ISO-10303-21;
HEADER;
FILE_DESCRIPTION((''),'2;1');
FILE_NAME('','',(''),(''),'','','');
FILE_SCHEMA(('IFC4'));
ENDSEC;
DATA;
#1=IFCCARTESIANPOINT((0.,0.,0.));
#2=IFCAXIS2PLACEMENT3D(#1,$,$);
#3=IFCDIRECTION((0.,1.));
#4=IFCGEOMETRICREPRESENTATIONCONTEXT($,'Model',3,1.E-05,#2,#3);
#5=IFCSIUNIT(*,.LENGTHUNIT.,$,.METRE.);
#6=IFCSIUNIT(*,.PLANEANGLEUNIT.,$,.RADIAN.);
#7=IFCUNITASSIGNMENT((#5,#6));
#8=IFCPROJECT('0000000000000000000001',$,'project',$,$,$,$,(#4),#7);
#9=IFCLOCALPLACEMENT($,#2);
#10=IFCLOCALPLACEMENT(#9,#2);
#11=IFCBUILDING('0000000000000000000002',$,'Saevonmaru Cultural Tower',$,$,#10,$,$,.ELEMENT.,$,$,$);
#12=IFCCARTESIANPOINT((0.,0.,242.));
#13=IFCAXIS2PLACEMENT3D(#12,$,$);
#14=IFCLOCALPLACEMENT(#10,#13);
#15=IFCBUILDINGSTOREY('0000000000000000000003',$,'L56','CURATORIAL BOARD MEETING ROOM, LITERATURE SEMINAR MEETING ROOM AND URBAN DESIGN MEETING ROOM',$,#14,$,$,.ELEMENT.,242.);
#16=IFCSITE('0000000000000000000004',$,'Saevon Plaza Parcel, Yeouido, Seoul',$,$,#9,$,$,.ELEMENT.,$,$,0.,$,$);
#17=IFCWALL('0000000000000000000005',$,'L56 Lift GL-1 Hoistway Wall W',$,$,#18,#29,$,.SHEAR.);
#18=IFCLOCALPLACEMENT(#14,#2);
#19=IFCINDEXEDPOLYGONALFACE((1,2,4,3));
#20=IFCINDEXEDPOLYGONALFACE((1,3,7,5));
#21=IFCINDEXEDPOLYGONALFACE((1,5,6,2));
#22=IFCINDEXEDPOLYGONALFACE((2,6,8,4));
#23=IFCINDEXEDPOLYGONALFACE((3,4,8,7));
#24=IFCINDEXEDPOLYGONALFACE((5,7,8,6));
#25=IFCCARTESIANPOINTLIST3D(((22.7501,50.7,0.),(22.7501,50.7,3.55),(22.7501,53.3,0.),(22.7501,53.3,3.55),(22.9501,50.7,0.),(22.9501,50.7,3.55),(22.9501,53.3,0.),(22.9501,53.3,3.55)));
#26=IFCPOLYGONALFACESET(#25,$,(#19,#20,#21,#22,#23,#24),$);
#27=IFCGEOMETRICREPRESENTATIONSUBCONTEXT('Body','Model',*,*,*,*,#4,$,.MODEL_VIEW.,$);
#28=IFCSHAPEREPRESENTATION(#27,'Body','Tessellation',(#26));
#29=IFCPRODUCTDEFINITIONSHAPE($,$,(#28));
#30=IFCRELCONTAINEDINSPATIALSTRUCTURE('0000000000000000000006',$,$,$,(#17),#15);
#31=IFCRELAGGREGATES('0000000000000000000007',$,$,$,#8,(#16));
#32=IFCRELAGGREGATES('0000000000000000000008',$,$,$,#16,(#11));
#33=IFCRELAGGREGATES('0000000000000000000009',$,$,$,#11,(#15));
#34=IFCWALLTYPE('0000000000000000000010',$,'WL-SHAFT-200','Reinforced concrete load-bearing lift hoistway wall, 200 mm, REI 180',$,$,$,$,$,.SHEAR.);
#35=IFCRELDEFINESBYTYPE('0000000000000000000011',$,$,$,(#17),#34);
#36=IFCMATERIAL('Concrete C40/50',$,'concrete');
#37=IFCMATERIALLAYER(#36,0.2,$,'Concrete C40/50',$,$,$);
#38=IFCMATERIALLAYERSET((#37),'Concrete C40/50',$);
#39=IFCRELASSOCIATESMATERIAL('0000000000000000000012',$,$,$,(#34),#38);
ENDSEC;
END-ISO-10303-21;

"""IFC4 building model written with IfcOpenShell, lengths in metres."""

from ifc_helpers import new_model, si_unit, direction, frame, frame_2d, origin, place, context, subcontext, project, spatial, rectangle, extrude, material, layer, layer_set, type_object, element, save


model = new_model("IFC4")

# Units and contexts
model_context = context("Model", 3, precision=1e-05, world=origin(), true_north=direction((0.0, 1.0)))
body_context = subcontext(model_context, "Body", "Model", "MODEL_VIEW")
ifc_project = project(units=[si_unit("LENGTHUNIT", "METRE"), si_unit("PLANEANGLEUNIT", "RADIAN")], contexts=[model_context])

# Site, building, storey
site_placement = place(None, origin())
site = spatial("IfcSite", under=ifc_project, at=site_placement, Name="Saevon Plaza Parcel, Yeouido, Seoul", CompositionType="ELEMENT", RefElevation=0.0)
building_placement = place(site_placement, origin())
building = spatial("IfcBuilding", under=site, at=building_placement, Name="Saevonmaru Cultural Tower", CompositionType="ELEMENT")
storey_placement = place(building_placement, frame((0.0, 0.0, 242.0)))
storey = spatial("IfcBuildingStorey", under=building, at=storey_placement, Name="L56", Description="CURATORIAL BOARD MEETING ROOM, LITERATURE SEMINAR MEETING ROOM AND URBAN DESIGN MEETING ROOM", CompositionType="ELEMENT", Elevation=242.0)

# Shared definitions
ifc_material_1 = material(Name="Concrete C40/50", Category="concrete")
ifc_layer_1 = layer(ifc_material_1, 0.2, Name="Concrete C40/50")
ifc_layer_set_1 = layer_set([ifc_layer_1], Name="Concrete C40/50")
wall_type_1 = type_object("IfcWallType", Name="WL-SHAFT-200", Description="Reinforced concrete load-bearing lift hoistway wall, 200 mm, REI 180", PredefinedType="SHEAR", material=ifc_layer_set_1)

# Wall
wall_1_placement = place(storey_placement, frame((22.8501, 50.7, 0.0), z_axis=(0.0, 0.0, 1.0), x_axis=(0.0, 1.0, 0.0)))
element("IfcWall", 1, at=wall_1_placement, inside=storey, type_object=wall_type_1, Name="L56 Lift GL-1 Hoistway Wall W", PredefinedType="SHEAR", context=body_context, shape_type="SweptSolid", body=[
    extrude(rectangle(XDim=2.6001, YDim=0.2, at=frame_2d((1.3, 0.0))), origin(), (0.0, 0.0, 1.0), 3.55),
])

save(model, "model.ifc")
